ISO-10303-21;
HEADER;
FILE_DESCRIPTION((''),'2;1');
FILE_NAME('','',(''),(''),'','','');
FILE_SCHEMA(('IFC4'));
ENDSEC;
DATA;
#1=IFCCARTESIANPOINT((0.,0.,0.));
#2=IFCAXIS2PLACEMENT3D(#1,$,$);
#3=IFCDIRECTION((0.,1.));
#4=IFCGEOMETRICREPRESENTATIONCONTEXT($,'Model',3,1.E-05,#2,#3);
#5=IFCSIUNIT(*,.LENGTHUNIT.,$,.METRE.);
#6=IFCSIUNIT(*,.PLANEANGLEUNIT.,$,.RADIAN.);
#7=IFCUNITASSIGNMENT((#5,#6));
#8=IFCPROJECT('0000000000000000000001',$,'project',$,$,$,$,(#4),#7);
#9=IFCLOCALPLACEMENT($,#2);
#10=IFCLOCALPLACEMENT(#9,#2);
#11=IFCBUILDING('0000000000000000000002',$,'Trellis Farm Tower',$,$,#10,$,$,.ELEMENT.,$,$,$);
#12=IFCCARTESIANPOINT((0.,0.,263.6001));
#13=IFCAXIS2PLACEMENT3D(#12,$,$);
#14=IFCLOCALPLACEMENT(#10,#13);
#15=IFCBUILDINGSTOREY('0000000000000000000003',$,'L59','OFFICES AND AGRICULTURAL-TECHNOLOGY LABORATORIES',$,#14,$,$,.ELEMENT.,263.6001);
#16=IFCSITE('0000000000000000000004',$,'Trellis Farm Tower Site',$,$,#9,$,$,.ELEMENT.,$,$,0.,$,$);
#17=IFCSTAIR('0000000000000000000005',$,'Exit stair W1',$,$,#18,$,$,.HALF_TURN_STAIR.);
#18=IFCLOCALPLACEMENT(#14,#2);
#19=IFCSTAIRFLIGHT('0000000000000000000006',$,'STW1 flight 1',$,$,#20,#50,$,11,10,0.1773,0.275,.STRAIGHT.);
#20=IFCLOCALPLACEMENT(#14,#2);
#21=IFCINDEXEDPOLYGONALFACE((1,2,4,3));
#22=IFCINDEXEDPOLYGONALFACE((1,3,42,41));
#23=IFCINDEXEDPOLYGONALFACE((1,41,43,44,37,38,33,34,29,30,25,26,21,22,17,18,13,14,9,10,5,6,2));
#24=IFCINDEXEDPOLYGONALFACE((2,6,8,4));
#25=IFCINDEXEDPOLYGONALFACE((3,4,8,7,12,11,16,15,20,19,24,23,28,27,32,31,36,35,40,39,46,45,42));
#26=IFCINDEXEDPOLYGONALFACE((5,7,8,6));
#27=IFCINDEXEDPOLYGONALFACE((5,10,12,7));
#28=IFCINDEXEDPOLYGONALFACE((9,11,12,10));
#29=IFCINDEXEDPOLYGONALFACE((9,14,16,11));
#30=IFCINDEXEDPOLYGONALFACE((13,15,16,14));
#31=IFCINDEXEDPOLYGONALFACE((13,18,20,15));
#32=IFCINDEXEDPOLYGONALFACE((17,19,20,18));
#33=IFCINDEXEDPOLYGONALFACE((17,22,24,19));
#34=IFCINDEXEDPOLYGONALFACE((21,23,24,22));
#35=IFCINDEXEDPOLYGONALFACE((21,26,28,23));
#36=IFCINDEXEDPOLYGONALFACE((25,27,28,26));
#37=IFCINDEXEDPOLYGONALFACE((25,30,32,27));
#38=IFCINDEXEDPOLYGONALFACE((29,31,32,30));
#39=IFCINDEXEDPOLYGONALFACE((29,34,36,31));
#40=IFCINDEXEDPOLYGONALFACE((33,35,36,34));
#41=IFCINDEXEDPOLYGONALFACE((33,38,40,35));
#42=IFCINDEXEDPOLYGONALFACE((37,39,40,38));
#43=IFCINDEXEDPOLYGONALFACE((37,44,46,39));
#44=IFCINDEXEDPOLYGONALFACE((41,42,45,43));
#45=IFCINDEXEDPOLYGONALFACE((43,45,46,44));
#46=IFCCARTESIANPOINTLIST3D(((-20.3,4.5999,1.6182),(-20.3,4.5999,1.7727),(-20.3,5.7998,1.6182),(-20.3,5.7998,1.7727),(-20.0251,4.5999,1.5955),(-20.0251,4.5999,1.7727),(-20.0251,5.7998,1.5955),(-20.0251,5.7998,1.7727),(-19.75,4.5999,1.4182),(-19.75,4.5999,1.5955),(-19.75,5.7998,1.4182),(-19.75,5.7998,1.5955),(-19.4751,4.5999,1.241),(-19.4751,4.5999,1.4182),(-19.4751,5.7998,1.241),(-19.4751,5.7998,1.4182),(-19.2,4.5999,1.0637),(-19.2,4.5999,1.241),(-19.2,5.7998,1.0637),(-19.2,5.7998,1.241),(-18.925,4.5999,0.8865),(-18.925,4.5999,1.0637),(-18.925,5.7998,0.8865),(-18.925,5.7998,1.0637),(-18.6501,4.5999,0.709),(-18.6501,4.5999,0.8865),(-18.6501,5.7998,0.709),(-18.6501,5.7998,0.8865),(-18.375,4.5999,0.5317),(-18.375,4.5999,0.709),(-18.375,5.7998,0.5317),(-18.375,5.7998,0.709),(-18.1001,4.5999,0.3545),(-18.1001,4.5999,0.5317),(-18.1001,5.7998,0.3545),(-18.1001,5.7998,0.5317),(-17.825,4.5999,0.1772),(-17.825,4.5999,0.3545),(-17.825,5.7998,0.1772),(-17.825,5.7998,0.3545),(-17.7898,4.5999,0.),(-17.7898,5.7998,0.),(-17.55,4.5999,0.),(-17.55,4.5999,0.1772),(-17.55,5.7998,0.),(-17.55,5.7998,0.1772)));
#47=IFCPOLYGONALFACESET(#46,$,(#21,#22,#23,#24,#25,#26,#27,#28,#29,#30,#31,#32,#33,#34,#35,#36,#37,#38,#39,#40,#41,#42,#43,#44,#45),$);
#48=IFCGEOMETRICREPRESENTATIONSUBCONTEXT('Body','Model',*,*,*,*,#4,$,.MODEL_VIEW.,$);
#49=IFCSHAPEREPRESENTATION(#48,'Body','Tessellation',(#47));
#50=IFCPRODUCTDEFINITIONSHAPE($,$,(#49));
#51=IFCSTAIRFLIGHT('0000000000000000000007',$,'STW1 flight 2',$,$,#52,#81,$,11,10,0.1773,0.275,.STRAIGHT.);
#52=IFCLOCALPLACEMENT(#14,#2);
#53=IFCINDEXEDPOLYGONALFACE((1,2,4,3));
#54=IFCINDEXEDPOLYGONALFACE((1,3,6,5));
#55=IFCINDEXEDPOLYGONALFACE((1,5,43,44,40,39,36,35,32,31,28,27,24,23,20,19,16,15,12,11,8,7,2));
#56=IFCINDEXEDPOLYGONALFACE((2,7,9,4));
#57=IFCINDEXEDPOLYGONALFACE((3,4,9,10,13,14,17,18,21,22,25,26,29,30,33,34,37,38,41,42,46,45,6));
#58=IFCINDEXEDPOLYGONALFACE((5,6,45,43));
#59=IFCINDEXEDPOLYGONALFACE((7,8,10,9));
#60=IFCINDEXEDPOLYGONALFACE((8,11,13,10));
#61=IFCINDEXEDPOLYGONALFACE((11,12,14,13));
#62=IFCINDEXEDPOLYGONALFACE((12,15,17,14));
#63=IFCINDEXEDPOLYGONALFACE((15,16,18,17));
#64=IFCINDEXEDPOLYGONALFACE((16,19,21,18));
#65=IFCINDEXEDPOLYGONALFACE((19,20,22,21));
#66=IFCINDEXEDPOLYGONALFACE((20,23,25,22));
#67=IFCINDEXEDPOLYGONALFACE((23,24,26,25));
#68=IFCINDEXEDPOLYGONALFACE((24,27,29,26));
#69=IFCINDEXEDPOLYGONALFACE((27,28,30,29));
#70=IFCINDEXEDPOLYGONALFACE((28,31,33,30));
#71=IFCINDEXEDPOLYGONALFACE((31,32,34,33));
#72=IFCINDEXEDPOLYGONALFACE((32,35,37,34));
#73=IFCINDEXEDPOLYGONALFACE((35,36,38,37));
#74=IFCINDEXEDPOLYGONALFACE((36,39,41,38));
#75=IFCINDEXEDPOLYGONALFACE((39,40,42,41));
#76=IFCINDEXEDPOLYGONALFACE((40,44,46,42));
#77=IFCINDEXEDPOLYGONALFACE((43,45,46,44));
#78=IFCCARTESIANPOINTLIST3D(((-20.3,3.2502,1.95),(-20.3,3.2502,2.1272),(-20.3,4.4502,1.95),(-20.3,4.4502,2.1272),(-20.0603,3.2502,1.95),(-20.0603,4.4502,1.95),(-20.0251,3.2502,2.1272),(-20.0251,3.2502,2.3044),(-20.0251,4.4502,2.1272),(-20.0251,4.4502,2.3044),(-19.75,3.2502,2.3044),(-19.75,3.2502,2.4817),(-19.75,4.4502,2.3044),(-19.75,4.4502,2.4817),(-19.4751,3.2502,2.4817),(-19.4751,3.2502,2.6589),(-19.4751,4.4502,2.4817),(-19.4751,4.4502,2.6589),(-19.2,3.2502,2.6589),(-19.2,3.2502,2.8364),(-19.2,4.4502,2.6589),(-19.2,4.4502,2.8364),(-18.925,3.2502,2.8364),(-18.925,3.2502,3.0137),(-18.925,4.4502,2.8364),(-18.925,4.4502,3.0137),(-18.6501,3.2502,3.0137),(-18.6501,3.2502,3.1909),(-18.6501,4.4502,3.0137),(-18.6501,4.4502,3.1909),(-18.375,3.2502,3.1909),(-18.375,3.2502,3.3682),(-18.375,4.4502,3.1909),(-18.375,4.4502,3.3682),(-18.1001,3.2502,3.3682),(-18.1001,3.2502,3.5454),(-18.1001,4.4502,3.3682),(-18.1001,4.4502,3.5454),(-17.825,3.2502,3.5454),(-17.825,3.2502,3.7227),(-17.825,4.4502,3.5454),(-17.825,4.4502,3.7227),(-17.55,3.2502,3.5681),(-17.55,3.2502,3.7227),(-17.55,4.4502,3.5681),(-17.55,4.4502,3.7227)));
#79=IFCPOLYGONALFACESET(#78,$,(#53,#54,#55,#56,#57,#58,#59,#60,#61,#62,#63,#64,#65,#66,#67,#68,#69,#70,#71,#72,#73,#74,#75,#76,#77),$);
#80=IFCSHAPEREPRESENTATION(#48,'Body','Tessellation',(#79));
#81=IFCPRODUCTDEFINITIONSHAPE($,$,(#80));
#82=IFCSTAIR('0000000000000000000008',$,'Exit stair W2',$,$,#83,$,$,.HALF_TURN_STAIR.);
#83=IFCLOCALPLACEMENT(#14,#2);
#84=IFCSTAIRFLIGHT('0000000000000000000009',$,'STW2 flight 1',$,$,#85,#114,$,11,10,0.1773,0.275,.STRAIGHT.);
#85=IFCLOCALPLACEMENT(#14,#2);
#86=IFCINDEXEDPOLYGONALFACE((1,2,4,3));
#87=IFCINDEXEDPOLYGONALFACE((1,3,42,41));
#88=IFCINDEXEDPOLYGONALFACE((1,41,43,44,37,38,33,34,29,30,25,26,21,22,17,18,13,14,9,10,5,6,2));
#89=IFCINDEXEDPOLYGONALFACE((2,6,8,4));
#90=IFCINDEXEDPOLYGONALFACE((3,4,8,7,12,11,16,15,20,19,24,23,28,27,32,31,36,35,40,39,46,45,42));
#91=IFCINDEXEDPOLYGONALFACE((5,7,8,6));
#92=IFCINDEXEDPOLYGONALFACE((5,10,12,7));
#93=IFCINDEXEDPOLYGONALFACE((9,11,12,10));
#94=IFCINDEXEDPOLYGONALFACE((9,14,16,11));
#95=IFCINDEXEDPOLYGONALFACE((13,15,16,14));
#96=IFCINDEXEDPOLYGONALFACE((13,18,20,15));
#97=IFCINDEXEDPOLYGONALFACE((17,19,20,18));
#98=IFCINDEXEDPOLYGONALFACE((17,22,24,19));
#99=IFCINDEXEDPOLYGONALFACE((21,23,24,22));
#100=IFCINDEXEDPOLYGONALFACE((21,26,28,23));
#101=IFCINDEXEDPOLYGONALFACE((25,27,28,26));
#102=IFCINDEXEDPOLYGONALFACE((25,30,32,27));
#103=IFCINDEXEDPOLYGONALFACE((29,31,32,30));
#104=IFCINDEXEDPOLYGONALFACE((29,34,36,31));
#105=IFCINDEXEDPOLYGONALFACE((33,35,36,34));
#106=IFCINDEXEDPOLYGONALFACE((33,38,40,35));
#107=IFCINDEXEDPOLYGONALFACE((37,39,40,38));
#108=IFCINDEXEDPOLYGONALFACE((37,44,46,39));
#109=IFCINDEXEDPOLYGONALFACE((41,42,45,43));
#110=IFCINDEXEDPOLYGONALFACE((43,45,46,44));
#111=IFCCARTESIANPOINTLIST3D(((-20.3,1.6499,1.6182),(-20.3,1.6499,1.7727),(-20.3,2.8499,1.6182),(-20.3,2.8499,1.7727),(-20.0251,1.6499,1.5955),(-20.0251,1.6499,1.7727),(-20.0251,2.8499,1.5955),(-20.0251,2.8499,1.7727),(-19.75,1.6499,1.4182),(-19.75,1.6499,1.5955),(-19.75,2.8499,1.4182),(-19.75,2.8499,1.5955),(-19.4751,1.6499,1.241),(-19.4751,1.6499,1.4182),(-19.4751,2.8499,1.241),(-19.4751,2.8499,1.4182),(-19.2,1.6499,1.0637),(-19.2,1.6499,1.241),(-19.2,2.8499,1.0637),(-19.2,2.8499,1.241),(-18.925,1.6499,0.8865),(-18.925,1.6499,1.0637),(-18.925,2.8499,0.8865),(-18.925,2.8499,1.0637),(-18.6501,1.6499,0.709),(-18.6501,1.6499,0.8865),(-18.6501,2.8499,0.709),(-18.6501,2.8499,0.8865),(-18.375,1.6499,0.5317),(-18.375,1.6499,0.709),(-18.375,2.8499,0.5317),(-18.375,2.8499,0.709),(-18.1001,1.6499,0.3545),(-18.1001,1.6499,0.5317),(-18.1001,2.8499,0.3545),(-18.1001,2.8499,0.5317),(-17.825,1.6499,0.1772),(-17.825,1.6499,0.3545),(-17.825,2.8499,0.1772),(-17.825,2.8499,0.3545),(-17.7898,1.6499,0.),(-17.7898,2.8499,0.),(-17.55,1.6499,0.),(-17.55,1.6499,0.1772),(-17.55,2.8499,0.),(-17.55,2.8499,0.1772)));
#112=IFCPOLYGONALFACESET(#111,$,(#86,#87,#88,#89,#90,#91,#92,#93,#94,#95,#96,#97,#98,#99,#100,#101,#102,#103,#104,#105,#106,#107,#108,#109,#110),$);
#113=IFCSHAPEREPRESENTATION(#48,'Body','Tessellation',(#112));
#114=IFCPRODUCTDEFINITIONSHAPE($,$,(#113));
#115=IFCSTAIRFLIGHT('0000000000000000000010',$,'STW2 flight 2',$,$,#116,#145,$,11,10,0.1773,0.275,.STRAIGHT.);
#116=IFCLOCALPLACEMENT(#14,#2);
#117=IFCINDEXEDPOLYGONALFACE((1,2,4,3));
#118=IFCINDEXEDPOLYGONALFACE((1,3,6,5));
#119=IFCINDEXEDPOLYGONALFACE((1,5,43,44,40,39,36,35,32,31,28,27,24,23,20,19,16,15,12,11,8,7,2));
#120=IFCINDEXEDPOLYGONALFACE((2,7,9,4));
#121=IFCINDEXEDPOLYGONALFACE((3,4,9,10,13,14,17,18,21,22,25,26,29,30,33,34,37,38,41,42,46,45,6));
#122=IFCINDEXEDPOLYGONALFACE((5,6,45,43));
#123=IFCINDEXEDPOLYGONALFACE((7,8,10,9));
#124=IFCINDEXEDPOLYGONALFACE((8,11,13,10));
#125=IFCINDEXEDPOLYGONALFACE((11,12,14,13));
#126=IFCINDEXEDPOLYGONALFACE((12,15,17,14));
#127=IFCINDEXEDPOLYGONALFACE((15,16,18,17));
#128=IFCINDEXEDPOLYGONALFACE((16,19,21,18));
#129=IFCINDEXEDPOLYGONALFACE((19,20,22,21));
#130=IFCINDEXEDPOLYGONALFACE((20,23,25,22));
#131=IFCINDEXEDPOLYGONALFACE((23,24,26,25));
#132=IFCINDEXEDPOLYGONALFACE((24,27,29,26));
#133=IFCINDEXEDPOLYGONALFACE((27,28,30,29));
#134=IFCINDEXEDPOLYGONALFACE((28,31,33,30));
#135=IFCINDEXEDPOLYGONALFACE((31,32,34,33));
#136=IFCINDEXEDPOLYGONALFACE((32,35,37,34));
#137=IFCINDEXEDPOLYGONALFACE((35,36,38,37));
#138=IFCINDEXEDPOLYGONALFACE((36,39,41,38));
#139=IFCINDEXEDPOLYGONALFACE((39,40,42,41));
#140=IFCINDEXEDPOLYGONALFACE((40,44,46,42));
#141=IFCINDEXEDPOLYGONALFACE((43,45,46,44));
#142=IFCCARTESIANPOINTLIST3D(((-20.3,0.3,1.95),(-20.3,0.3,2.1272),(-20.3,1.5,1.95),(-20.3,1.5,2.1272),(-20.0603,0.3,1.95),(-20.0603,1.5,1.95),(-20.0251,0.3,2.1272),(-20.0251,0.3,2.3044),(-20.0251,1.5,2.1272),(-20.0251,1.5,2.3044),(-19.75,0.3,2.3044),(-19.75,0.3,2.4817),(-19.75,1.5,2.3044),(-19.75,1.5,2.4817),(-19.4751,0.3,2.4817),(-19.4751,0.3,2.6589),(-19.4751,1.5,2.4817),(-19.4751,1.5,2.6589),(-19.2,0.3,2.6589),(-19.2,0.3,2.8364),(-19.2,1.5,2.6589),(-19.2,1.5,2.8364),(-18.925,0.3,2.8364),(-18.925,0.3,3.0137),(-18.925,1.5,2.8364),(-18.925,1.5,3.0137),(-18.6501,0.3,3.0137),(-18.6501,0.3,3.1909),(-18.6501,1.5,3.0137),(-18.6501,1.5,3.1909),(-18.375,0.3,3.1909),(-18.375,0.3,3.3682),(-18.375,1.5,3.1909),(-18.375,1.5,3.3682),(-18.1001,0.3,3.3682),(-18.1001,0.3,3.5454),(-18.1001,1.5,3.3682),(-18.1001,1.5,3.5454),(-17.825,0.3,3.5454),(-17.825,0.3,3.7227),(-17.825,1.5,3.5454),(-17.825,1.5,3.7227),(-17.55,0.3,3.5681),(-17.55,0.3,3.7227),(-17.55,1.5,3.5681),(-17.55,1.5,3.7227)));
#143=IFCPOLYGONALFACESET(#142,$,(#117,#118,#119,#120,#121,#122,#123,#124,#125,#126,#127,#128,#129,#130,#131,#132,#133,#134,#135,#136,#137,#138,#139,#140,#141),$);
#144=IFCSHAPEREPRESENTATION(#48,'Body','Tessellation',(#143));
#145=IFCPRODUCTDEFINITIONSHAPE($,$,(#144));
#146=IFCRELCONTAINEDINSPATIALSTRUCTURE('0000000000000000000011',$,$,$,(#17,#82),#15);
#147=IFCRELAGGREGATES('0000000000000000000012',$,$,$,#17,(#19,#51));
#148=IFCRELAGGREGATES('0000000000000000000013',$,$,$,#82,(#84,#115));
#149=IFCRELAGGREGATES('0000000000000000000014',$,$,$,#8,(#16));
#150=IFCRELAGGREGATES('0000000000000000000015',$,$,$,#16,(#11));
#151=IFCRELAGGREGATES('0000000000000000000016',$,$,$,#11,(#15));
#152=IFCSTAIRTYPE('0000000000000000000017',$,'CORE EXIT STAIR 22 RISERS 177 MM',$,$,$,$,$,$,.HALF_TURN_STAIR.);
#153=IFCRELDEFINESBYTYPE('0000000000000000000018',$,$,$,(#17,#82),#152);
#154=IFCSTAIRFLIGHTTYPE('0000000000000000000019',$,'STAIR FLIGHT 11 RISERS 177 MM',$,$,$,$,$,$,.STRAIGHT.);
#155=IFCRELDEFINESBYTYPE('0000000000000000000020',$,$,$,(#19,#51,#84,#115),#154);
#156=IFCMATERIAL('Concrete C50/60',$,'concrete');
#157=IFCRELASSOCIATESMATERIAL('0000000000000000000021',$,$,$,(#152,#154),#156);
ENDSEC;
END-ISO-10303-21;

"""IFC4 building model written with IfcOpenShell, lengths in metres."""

from ifc_helpers import new_model, si_unit, direction, frame, origin, place, context, subcontext, project, spatial, polyline, outline, extrude, source, transform, mapped, material, type_object, element, aggregate, save


model = new_model("IFC4")

# Units and contexts
model_context = context("Model", 3, precision=1e-05, world=origin(), true_north=direction((0.0, 1.0)))
body_context = subcontext(model_context, "Body", "Model", "MODEL_VIEW")
ifc_project = project(units=[si_unit("LENGTHUNIT", "METRE"), si_unit("PLANEANGLEUNIT", "RADIAN")], contexts=[model_context])

# Site, building, storey
site_placement = place(None, origin())
site = spatial("IfcSite", under=ifc_project, at=site_placement, Name="Trellis Farm Tower Site", CompositionType="ELEMENT", RefElevation=0.0)
building_placement = place(site_placement, origin())
building = spatial("IfcBuilding", under=site, at=building_placement, Name="Trellis Farm Tower", CompositionType="ELEMENT")
storey_placement = place(building_placement, frame((0.0, 0.0, 263.6001)))
storey = spatial("IfcBuildingStorey", under=building, at=storey_placement, Name="L59", Description="OFFICES AND AGRICULTURAL-TECHNOLOGY LABORATORIES", CompositionType="ELEMENT", Elevation=263.6001)

# Shared definitions
placement = place(storey_placement, origin())

# Stairs, stair flights
ifc_material_1 = material(Name="Concrete C50/60", Category="concrete")
stair_type = type_object("IfcStairType", Name="CORE EXIT STAIR 22 RISERS 177 MM", PredefinedType="HALF_TURN_STAIR", material=ifc_material_1)
stair_1 = element("IfcStair", 1, at=placement, inside=storey, type_object=stair_type, Name="Exit stair W1", PredefinedType="HALF_TURN_STAIR")
stair_flight_type = type_object("IfcStairFlightType", Name="STAIR FLIGHT 11 RISERS 177 MM", PredefinedType="STRAIGHT", material=ifc_material_1)
shared_shape_1 = source(origin(), body_context, "Body", "SweptSolid", [
    extrude(outline(polyline([(0.0, 0.0), (0.0, 0.1772), (0.2749, 0.1772), (0.2749, 0.3545), (0.55, 0.3545), (0.55, 0.5317), (0.825, 0.5317), (0.825, 0.709), (1.1001, 0.709), (1.1001, 0.8865), (1.375, 0.8865), (1.375, 1.0637), (1.6499, 1.0637), (1.6499, 1.241), (1.925, 1.241), (1.925, 1.4182), (2.2, 1.4182), (2.2, 1.5955), (2.4751, 1.5955), (2.4751, 1.7727), (2.75, 1.7727), (2.75, 1.95), (2.75, 1.6182), (0.2397, 0.0), (0.0, 0.0)])), frame((0.0, 0.6001, 0.0), z_axis=(0.0, -1.0, 0.0), x_axis=(1.0, 0.0, 0.0)), (0.0, 0.0, 1.0), 1.2),
])
stair_flight_1_placement = place(storey_placement, frame((-17.55, 5.2, 0.0), z_axis=(0.0, 0.0, 1.0), x_axis=(-1.0, 0.0, 0.0)))
stair_flight_1 = element("IfcStairFlight", 2, at=stair_flight_1_placement, type_object=stair_flight_type, Name="STW1 flight 1", NumberOfRisers=11, NumberOfTreads=10, PredefinedType="STRAIGHT", RiserHeight=0.1773, TreadLength=0.275, context=body_context, shape_type="MappedRepresentation", body=[
    mapped(shared_shape_1, transform((0.0, 0.0, 0.0))),
])
stair_flight_2_placement = place(storey_placement, frame((-20.3, 3.8501, 1.95), z_axis=(0.0, 0.0, 1.0), x_axis=(1.0, 0.0, 0.0)))
stair_flight_2 = element("IfcStairFlight", 3, at=stair_flight_2_placement, type_object=stair_flight_type, Name="STW1 flight 2", NumberOfRisers=11, NumberOfTreads=10, PredefinedType="STRAIGHT", RiserHeight=0.1773, TreadLength=0.275, context=body_context, shape_type="MappedRepresentation", body=[
    mapped(shared_shape_1, transform((0.0, 0.0, 0.0))),
])
aggregate(stair_1, [stair_flight_1, stair_flight_2])
stair_2 = element("IfcStair", 4, at=placement, inside=storey, type_object=stair_type, Name="Exit stair W2", PredefinedType="HALF_TURN_STAIR")
stair_flight_3_placement = place(storey_placement, frame((-17.55, 2.25, 0.0), z_axis=(0.0, 0.0, 1.0), x_axis=(-1.0, 0.0, 0.0)))
stair_flight_3 = element("IfcStairFlight", 5, at=stair_flight_3_placement, type_object=stair_flight_type, Name="STW2 flight 1", NumberOfRisers=11, NumberOfTreads=10, PredefinedType="STRAIGHT", RiserHeight=0.1773, TreadLength=0.275, context=body_context, shape_type="MappedRepresentation", body=[
    mapped(shared_shape_1, transform((0.0, 0.0, 0.0))),
])
stair_flight_4_placement = place(storey_placement, frame((-20.3, 0.8999, 1.95), z_axis=(0.0, 0.0, 1.0), x_axis=(1.0, 0.0, 0.0)))
stair_flight_4 = element("IfcStairFlight", 6, at=stair_flight_4_placement, type_object=stair_flight_type, Name="STW2 flight 2", NumberOfRisers=11, NumberOfTreads=10, PredefinedType="STRAIGHT", RiserHeight=0.1773, TreadLength=0.275, context=body_context, shape_type="MappedRepresentation", body=[
    mapped(shared_shape_1, transform((0.0, 0.0, 0.0))),
])
aggregate(stair_2, [stair_flight_3, stair_flight_4])

save(model, "model.ifc")
